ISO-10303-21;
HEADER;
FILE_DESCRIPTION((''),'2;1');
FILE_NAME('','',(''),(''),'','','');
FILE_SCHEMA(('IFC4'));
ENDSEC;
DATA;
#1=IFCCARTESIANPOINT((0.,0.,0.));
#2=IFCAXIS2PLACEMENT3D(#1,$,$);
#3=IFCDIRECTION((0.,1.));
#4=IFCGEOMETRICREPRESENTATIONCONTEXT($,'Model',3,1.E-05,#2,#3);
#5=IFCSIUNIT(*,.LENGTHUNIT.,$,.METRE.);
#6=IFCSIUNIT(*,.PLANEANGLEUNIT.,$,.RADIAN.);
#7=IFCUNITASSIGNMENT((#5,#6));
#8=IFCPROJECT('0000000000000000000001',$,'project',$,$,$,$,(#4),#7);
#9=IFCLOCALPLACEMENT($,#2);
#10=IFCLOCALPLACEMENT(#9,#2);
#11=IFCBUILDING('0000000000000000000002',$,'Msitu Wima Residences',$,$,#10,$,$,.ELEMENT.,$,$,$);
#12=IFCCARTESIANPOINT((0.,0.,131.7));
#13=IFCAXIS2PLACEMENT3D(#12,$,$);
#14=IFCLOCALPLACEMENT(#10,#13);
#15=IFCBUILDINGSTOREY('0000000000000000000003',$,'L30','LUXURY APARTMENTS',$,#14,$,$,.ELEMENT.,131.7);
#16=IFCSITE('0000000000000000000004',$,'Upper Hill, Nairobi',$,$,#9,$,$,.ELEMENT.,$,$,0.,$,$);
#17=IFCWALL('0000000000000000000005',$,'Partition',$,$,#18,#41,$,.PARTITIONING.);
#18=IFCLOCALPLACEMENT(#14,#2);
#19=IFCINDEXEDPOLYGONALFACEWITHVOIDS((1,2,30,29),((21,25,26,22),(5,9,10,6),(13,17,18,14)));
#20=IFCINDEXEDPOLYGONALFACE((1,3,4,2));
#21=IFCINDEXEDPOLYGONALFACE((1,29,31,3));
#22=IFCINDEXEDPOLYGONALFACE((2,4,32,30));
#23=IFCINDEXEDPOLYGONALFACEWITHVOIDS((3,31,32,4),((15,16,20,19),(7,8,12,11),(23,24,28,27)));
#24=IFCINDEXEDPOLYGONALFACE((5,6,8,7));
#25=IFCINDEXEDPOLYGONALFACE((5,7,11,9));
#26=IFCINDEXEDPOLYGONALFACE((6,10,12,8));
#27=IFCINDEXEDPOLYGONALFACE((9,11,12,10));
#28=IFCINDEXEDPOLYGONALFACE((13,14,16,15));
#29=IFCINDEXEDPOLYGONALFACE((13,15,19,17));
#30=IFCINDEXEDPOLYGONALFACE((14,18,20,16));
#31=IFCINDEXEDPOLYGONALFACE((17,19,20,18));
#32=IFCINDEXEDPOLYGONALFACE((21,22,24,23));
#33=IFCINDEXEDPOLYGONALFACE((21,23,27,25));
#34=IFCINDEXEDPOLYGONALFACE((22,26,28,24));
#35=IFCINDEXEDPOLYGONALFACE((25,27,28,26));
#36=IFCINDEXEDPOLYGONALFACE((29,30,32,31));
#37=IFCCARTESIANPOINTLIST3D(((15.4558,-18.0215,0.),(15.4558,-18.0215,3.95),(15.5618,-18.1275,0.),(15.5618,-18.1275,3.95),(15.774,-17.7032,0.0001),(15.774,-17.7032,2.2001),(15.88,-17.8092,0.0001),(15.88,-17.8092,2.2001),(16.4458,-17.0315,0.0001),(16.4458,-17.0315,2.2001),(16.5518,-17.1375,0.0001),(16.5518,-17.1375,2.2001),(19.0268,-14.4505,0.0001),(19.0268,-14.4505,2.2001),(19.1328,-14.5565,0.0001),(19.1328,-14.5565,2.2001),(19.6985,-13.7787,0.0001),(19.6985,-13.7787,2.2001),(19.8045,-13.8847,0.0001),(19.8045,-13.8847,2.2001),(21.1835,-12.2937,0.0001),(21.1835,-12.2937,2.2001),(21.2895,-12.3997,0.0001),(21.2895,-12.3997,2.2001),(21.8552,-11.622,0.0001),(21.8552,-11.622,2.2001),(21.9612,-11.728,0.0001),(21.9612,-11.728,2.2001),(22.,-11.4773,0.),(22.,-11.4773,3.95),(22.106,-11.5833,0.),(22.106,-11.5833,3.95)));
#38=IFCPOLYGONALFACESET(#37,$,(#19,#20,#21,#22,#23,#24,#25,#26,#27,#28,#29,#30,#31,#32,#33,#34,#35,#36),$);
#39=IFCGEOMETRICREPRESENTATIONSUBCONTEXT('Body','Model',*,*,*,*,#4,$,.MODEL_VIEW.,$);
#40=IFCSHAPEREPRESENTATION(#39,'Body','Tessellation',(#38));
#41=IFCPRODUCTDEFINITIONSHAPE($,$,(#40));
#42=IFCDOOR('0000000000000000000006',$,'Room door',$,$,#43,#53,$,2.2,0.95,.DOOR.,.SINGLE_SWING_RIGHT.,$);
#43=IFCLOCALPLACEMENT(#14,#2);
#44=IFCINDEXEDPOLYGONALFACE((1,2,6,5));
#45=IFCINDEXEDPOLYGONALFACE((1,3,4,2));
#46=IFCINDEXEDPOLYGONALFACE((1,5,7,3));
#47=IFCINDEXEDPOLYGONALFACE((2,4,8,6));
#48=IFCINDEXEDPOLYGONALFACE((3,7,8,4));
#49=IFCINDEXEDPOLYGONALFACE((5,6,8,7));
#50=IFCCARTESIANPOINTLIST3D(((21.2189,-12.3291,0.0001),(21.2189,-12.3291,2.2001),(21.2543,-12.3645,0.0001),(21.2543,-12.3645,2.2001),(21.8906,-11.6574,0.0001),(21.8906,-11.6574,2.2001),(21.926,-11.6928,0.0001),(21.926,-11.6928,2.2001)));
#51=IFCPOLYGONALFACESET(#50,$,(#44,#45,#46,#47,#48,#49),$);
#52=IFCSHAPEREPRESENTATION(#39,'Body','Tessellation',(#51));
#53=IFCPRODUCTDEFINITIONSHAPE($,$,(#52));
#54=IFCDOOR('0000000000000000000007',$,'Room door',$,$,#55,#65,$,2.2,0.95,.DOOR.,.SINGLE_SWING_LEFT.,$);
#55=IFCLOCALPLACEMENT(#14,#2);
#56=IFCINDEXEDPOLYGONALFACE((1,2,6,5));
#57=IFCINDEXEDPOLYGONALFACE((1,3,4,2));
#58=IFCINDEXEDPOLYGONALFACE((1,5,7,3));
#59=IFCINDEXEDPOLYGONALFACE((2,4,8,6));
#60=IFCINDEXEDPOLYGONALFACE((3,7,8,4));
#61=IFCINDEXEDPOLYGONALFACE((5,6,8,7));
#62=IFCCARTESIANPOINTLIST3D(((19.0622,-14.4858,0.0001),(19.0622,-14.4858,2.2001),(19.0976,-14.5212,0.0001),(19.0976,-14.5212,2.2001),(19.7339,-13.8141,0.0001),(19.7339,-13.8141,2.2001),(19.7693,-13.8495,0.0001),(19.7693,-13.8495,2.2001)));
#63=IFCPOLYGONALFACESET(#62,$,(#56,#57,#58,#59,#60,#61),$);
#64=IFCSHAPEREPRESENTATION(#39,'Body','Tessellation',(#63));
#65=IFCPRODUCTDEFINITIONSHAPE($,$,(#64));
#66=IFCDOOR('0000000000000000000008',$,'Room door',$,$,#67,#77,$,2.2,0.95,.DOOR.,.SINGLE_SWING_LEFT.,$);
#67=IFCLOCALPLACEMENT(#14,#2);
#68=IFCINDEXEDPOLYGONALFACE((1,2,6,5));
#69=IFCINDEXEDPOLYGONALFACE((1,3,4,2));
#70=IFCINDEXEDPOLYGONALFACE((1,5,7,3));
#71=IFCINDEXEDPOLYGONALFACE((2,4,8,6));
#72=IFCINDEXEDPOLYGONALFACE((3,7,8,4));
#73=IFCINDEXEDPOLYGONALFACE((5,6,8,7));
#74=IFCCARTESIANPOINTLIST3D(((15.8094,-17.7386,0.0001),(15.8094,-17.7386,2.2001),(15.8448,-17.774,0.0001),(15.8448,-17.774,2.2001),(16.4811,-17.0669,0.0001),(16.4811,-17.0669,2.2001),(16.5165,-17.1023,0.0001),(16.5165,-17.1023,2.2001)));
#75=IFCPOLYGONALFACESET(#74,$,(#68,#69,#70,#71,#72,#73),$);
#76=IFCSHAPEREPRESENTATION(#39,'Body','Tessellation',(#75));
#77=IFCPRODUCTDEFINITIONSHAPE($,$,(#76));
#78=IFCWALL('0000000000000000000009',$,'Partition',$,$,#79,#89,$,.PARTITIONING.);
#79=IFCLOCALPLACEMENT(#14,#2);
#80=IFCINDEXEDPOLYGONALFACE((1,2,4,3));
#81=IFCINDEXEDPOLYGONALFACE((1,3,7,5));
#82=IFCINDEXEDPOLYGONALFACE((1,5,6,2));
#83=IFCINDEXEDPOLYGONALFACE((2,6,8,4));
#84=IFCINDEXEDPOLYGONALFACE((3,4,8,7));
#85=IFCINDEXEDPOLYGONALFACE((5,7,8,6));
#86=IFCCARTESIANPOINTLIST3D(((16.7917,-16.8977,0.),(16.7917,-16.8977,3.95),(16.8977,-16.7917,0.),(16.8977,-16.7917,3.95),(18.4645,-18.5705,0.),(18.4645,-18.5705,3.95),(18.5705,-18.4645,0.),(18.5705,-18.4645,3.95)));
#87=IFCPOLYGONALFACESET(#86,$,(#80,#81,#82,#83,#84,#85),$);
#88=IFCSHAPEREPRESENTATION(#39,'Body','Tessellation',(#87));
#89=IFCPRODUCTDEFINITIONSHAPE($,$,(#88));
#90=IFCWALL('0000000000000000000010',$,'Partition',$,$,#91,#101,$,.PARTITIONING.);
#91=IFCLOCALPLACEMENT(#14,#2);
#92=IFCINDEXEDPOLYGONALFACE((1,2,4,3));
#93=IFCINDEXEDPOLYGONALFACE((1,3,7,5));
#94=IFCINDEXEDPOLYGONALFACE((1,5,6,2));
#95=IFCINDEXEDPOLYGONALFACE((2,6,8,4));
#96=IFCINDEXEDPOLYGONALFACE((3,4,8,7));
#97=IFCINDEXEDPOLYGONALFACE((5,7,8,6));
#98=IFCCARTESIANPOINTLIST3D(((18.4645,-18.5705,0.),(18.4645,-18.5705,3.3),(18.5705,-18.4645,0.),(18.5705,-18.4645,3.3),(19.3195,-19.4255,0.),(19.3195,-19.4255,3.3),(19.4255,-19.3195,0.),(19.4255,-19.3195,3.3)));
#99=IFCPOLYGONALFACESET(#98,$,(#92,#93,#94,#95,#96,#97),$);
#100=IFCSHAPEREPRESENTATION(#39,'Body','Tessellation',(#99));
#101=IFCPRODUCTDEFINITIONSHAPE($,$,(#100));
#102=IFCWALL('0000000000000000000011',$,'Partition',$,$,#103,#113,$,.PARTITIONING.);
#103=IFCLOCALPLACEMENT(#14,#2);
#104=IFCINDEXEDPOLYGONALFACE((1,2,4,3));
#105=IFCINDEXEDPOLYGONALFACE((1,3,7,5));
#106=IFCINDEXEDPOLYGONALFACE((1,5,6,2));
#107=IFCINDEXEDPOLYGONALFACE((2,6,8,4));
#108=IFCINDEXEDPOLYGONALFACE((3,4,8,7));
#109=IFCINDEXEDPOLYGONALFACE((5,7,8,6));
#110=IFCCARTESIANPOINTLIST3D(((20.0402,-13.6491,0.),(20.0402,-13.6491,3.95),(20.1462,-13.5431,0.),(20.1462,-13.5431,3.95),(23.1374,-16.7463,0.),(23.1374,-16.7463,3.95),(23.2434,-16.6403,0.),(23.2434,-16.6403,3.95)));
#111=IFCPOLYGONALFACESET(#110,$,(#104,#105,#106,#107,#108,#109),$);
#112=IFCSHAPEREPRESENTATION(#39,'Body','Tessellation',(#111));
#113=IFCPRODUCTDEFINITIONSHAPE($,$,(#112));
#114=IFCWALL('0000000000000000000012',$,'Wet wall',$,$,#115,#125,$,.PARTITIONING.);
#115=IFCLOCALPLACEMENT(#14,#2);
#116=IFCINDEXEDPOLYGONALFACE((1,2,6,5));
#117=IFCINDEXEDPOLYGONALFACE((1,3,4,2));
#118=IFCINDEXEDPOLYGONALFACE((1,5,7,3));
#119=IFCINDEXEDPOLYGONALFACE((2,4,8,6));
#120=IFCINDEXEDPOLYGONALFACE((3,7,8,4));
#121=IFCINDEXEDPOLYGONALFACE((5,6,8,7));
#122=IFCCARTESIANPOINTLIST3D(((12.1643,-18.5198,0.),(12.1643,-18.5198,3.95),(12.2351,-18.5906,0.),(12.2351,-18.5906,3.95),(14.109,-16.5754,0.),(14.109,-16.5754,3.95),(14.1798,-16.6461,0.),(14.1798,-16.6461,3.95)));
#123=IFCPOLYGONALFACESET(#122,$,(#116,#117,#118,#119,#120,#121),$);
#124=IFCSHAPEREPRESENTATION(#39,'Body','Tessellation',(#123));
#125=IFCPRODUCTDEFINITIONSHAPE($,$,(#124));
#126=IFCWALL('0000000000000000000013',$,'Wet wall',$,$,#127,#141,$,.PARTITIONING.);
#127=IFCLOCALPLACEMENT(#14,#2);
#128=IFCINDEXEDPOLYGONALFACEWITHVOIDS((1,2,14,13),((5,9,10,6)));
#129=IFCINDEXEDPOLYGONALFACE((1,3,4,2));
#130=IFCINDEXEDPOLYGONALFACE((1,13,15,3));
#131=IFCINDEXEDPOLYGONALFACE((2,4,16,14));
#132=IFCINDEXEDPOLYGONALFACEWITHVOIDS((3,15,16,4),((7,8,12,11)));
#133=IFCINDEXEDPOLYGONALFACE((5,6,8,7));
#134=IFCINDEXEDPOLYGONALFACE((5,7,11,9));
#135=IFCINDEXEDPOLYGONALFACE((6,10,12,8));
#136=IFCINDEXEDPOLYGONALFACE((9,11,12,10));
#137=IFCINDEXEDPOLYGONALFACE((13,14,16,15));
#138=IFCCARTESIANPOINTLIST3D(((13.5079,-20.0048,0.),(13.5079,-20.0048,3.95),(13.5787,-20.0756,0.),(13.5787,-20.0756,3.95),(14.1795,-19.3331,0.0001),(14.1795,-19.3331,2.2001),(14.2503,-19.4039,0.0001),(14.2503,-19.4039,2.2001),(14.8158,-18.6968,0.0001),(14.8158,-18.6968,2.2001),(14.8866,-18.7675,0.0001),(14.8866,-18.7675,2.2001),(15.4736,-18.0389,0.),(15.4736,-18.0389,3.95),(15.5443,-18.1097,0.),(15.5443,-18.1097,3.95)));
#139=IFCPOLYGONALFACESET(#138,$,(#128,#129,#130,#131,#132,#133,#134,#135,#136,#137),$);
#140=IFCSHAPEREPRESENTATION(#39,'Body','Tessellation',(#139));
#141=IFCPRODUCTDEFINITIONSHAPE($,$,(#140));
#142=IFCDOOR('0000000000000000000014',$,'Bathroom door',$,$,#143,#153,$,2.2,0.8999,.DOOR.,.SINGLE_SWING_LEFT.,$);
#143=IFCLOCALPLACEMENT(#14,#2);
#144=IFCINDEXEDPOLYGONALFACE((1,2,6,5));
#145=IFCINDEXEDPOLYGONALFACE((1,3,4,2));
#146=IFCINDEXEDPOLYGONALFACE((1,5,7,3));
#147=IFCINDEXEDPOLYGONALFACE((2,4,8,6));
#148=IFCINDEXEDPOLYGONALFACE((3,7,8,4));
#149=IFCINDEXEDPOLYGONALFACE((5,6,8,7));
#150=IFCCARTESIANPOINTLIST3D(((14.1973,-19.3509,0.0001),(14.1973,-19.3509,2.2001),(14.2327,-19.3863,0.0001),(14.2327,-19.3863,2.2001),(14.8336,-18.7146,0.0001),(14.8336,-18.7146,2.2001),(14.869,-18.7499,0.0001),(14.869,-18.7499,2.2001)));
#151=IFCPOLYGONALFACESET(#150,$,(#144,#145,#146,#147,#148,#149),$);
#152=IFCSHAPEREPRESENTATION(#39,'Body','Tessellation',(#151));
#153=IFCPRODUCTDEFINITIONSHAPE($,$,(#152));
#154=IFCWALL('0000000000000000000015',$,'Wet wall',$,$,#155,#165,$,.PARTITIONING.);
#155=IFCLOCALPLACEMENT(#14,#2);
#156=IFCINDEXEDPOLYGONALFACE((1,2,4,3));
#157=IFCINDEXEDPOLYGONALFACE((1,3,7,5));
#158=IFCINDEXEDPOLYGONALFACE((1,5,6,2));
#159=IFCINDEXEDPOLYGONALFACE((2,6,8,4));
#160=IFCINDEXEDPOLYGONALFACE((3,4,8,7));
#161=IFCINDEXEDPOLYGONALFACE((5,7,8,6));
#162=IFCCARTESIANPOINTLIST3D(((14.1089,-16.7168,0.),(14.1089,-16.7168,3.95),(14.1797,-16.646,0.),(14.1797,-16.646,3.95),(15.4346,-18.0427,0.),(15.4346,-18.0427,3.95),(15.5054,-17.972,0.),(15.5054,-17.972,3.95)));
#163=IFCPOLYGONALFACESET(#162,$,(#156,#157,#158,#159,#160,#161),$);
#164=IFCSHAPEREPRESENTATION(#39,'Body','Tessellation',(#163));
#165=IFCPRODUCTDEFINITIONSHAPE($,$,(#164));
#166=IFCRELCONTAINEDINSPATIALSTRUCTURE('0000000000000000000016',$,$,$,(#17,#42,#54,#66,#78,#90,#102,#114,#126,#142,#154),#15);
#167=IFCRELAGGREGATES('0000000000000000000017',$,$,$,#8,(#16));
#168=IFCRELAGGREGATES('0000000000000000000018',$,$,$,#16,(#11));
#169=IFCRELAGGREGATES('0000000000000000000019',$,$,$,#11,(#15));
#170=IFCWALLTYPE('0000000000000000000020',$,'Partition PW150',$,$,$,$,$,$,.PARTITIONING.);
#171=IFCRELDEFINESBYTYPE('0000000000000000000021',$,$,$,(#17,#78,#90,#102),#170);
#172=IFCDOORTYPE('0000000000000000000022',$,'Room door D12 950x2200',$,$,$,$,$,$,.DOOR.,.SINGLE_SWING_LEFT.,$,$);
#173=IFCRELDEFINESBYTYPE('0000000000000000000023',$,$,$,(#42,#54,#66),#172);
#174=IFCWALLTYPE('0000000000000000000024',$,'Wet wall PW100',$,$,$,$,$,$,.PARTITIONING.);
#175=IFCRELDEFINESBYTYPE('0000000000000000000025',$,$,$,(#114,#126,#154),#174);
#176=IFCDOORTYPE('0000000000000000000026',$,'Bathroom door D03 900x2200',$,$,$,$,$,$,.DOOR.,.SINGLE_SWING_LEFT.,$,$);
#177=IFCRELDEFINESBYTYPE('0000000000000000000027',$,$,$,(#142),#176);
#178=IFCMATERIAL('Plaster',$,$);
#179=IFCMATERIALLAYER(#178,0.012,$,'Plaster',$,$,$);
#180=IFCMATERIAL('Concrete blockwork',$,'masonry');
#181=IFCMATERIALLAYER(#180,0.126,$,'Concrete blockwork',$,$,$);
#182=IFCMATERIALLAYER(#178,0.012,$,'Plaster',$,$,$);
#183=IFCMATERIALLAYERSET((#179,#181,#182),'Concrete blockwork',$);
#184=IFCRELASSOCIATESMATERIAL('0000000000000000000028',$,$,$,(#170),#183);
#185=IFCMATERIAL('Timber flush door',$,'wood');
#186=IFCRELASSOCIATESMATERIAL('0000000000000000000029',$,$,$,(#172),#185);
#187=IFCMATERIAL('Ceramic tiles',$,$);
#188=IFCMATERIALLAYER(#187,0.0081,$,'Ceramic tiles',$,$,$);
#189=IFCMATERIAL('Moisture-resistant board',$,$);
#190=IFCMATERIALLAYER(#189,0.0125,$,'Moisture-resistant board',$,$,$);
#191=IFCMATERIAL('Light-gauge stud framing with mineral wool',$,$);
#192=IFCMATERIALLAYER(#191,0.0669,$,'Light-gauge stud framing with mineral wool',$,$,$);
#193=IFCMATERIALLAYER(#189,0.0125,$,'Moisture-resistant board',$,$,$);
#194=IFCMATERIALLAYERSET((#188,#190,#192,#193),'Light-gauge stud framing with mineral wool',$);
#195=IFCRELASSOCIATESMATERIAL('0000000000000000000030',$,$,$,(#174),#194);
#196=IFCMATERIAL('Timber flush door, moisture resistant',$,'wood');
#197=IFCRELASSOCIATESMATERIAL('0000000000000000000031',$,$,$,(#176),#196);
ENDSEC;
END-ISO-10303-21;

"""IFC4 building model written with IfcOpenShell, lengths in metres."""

from ifc_helpers import new_model, si_unit, direction, frame, frame_2d, origin, place, context, subcontext, project, spatial, rectangle, extrude, material, layer, layer_set, type_object, element, fill, save


model = new_model("IFC4")

# Units and contexts
model_context = context("Model", 3, precision=1e-05, world=origin(), true_north=direction((0.0, 1.0)))
body_context = subcontext(model_context, "Body", "Model", "MODEL_VIEW")
ifc_project = project(units=[si_unit("LENGTHUNIT", "METRE"), si_unit("PLANEANGLEUNIT", "RADIAN")], contexts=[model_context])

# Site, building, storey
site_placement = place(None, origin())
site = spatial("IfcSite", under=ifc_project, at=site_placement, Name="Upper Hill, Nairobi", CompositionType="ELEMENT", RefElevation=0.0)
building_placement = place(site_placement, origin())
building = spatial("IfcBuilding", under=site, at=building_placement, Name="Msitu Wima Residences", CompositionType="ELEMENT")
storey_placement = place(building_placement, frame((0.0, 0.0, 131.7)))
storey = spatial("IfcBuildingStorey", under=building, at=storey_placement, Name="L30", Description="LUXURY APARTMENTS", CompositionType="ELEMENT", Elevation=131.7)

# Shared definitions
ifc_material_1 = material(Name="Plaster")
ifc_material_2 = material(Name="Concrete blockwork", Category="masonry")

# Wall, openings, doors
ifc_layer_1 = layer(ifc_material_1, 0.012, Name="Plaster")
ifc_layer_2 = layer(ifc_material_2, 0.126, Name="Concrete blockwork")
ifc_layer_3 = layer(ifc_material_1, 0.012, Name="Plaster")
ifc_layer_set_1 = layer_set([ifc_layer_1, ifc_layer_2, ifc_layer_3], Name="Concrete blockwork")
wall_type_1 = type_object("IfcWallType", Name="Partition PW150", PredefinedType="PARTITIONING", material=ifc_layer_set_1)
wall_1_placement = place(storey_placement, frame((15.5088, -18.0745, 0.0), z_axis=(0.0, 0.0, 1.0), x_axis=(0.707107, 0.707107, 0.0)))
wall_1 = element("IfcWall", 1, at=wall_1_placement, inside=storey, type_object=wall_type_1, Name="Partition", PredefinedType="PARTITIONING", context=body_context, shape_type="SweptSolid", body=[
    extrude(rectangle(XDim=9.2549, YDim=0.1499, at=frame_2d((4.6274, 0.0))), origin(), (0.0, 0.0, 1.0), 3.95),
])
opening_1_placement = place(wall_1_placement, frame((8.1001, 0.0, 0.0)))
opening_1 = element("IfcOpeningElement", 2, at=opening_1_placement, cuts=wall_1, PredefinedType="OPENING", context=body_context, shape_type="SweptSolid", body=[
    extrude(rectangle(XDim=0.95, YDim=2.2, at=frame_2d((0.4751, 1.1001))), frame((0.0, 0.085, 0.0), z_axis=(0.0, -1.0, 0.0), x_axis=(1.0, 0.0, 0.0)), (0.0, 0.0, 1.0), 0.1699),
])
opening_2_placement = place(wall_1_placement, frame((5.05, 0.0, 0.0)))
opening_2 = element("IfcOpeningElement", 3, at=opening_2_placement, cuts=wall_1, PredefinedType="OPENING", context=body_context, shape_type="SweptSolid", body=[
    extrude(rectangle(XDim=0.95, YDim=2.2, at=frame_2d((0.4751, 1.1001))), frame((0.0, 0.085, 0.0), z_axis=(0.0, -1.0, 0.0), x_axis=(1.0, 0.0, 0.0)), (0.0, 0.0, 1.0), 0.1699),
])
opening_3_placement = place(wall_1_placement, frame((0.45, 0.0, 0.0)))
opening_3 = element("IfcOpeningElement", 4, at=opening_3_placement, cuts=wall_1, PredefinedType="OPENING", context=body_context, shape_type="SweptSolid", body=[
    extrude(rectangle(XDim=0.95, YDim=2.2, at=frame_2d((0.4751, 1.1001))), frame((0.0, 0.085, 0.0), z_axis=(0.0, -1.0, 0.0), x_axis=(1.0, 0.0, 0.0)), (0.0, 0.0, 1.0), 0.1699),
])
ifc_material_3 = material(Name="Timber flush door", Category="wood")
door_type_1 = type_object("IfcDoorType", Name="Room door D12 950x2200", OperationType="SINGLE_SWING_LEFT", PredefinedType="DOOR", material=ifc_material_3)
door_1_placement = place(opening_1_placement, origin())
door_1 = element("IfcDoor", 5, at=door_1_placement, inside=storey, type_object=door_type_1, Name="Room door", OperationType="SINGLE_SWING_RIGHT", OverallHeight=2.2, OverallWidth=0.95, PredefinedType="DOOR", context=body_context, shape_type="SweptSolid", body=[
    extrude(rectangle(XDim=0.95, YDim=2.2, at=frame_2d((0.4751, 1.1001))), frame((0.0, 0.0249, 0.0), z_axis=(0.0, -1.0, 0.0), x_axis=(1.0, 0.0, 0.0)), (0.0, 0.0, 1.0), 0.05),
])
fill(opening_1, door_1)
door_2_placement = place(opening_2_placement, origin())
door_2 = element("IfcDoor", 6, at=door_2_placement, inside=storey, type_object=door_type_1, Name="Room door", OperationType="SINGLE_SWING_LEFT", OverallHeight=2.2, OverallWidth=0.95, PredefinedType="DOOR", context=body_context, shape_type="SweptSolid", body=[
    extrude(rectangle(XDim=0.95, YDim=2.2, at=frame_2d((0.4751, 1.1001))), frame((0.0, 0.0249, 0.0), z_axis=(0.0, -1.0, 0.0), x_axis=(1.0, 0.0, 0.0)), (0.0, 0.0, 1.0), 0.05),
])
fill(opening_2, door_2)
door_3_placement = place(opening_3_placement, origin())
door_3 = element("IfcDoor", 7, at=door_3_placement, inside=storey, type_object=door_type_1, Name="Room door", OperationType="SINGLE_SWING_LEFT", OverallHeight=2.2, OverallWidth=0.95, PredefinedType="DOOR", context=body_context, shape_type="SweptSolid", body=[
    extrude(rectangle(XDim=0.95, YDim=2.2, at=frame_2d((0.4751, 1.1001))), frame((0.0, 0.0249, 0.0), z_axis=(0.0, -1.0, 0.0), x_axis=(1.0, 0.0, 0.0)), (0.0, 0.0, 1.0), 0.05),
])
fill(opening_3, door_3)

# Walls
wall_2_placement = place(storey_placement, frame((16.8447, -16.8447, 0.0), z_axis=(0.0, 0.0, 1.0), x_axis=(0.707107, -0.707107, 0.0)))
element("IfcWall", 8, at=wall_2_placement, inside=storey, type_object=wall_type_1, Name="Partition", PredefinedType="PARTITIONING", context=body_context, shape_type="SweptSolid", body=[
    extrude(rectangle(XDim=2.3657, YDim=0.1499, at=frame_2d((1.1829, 0.0))), origin(), (0.0, 0.0, 1.0), 3.95),
])
wall_3_placement = place(storey_placement, frame((18.5176, -18.5176, 0.0), z_axis=(0.0, 0.0, 1.0), x_axis=(0.707107, -0.707107, 0.0)))
element("IfcWall", 9, at=wall_3_placement, inside=storey, type_object=wall_type_1, Name="Partition", PredefinedType="PARTITIONING", context=body_context, shape_type="SweptSolid", body=[
    extrude(rectangle(XDim=1.2092, YDim=0.1499, at=frame_2d((0.6045, 0.0))), origin(), (0.0, 0.0, 1.0), 3.3),
])
wall_4_placement = place(storey_placement, frame((20.0933, -13.5962, 0.0), z_axis=(0.0, 0.0, 1.0), x_axis=(0.707107, -0.707107, 0.0)))
element("IfcWall", 10, at=wall_4_placement, inside=storey, type_object=wall_type_1, Name="Partition", PredefinedType="PARTITIONING", context=body_context, shape_type="SweptSolid", body=[
    extrude(rectangle(XDim=4.3801, YDim=0.1499, at=frame_2d((2.1899, 0.0))), origin(), (0.0, 0.0, 1.0), 3.95),
])
ifc_material_4 = material(Name="Ceramic tiles")
ifc_layer_4 = layer(ifc_material_4, 0.0081, Name="Ceramic tiles")
ifc_material_5 = material(Name="Moisture-resistant board")
ifc_layer_5 = layer(ifc_material_5, 0.0125, Name="Moisture-resistant board")
ifc_material_6 = material(Name="Light-gauge stud framing with mineral wool")
ifc_layer_6 = layer(ifc_material_6, 0.0669, Name="Light-gauge stud framing with mineral wool")
ifc_layer_7 = layer(ifc_material_5, 0.0125, Name="Moisture-resistant board")
ifc_layer_set_2 = layer_set([ifc_layer_4, ifc_layer_5, ifc_layer_6, ifc_layer_7], Name="Light-gauge stud framing with mineral wool")
wall_type_2 = type_object("IfcWallType", Name="Wet wall PW100", PredefinedType="PARTITIONING", material=ifc_layer_set_2)
wall_5_placement = place(storey_placement, frame((12.1997, -18.5552, 0.0), z_axis=(0.0, 0.0, 1.0), x_axis=(0.707151, 0.707062, 0.0)))
element("IfcWall", 11, at=wall_5_placement, inside=storey, type_object=wall_type_2, Name="Wet wall", PredefinedType="PARTITIONING", context=body_context, shape_type="SweptSolid", body=[
    extrude(rectangle(XDim=2.75, YDim=0.1001, at=frame_2d((1.375, 0.0))), origin(), (0.0, 0.0, 1.0), 3.95),
])

# Wall, opening, door
wall_6_placement = place(storey_placement, frame((13.5432, -20.0403, 0.0), z_axis=(0.0, 0.0, 1.0), x_axis=(0.707063, 0.707151, 0.0)))
wall_6 = element("IfcWall", 12, at=wall_6_placement, inside=storey, type_object=wall_type_2, Name="Wet wall", PredefinedType="PARTITIONING", context=body_context, shape_type="SweptSolid", body=[
    extrude(rectangle(XDim=2.78, YDim=0.1001, at=frame_2d((1.3901, 0.0))), origin(), (0.0, 0.0, 1.0), 3.95),
])
opening_4_placement = place(wall_6_placement, frame((0.95, 0.0, 0.0)))
opening_4 = element("IfcOpeningElement", 13, at=opening_4_placement, cuts=wall_6, PredefinedType="OPENING", context=body_context, shape_type="SweptSolid", body=[
    extrude(rectangle(XDim=0.8999, YDim=2.2, at=frame_2d((0.45, 1.1001))), frame((0.0, 0.0601, 0.0), z_axis=(0.0, -1.0, 0.0), x_axis=(1.0, 0.0, 0.0)), (0.0, 0.0, 1.0), 0.1201),
])
ifc_material_7 = material(Name="Timber flush door, moisture resistant", Category="wood")
door_type_2 = type_object("IfcDoorType", Name="Bathroom door D03 900x2200", OperationType="SINGLE_SWING_LEFT", PredefinedType="DOOR", material=ifc_material_7)
door_4_placement = place(opening_4_placement, origin())
door_4 = element("IfcDoor", 14, at=door_4_placement, inside=storey, type_object=door_type_2, Name="Bathroom door", OperationType="SINGLE_SWING_LEFT", OverallHeight=2.2, OverallWidth=0.8999, PredefinedType="DOOR", context=body_context, shape_type="SweptSolid", body=[
    extrude(rectangle(XDim=0.8999, YDim=2.2, at=frame_2d((0.45, 1.1001))), frame((0.0, 0.0249, 0.0), z_axis=(0.0, -1.0, 0.0), x_axis=(1.0, 0.0, 0.0)), (0.0, 0.0, 1.0), 0.05),
])
fill(opening_4, door_4)

# Wall
wall_7_placement = place(storey_placement, frame((14.1443, -16.6814, 0.0), z_axis=(0.0, 0.0, 1.0), x_axis=(0.707042, -0.707172, 0.0)))
element("IfcWall", 15, at=wall_7_placement, inside=storey, type_object=wall_type_2, Name="Wet wall", PredefinedType="PARTITIONING", context=body_context, shape_type="SweptSolid", body=[
    extrude(rectangle(XDim=1.875, YDim=0.1001, at=frame_2d((0.9375, 0.0))), origin(), (0.0, 0.0, 1.0), 3.95),
])

save(model, "model.ifc")
